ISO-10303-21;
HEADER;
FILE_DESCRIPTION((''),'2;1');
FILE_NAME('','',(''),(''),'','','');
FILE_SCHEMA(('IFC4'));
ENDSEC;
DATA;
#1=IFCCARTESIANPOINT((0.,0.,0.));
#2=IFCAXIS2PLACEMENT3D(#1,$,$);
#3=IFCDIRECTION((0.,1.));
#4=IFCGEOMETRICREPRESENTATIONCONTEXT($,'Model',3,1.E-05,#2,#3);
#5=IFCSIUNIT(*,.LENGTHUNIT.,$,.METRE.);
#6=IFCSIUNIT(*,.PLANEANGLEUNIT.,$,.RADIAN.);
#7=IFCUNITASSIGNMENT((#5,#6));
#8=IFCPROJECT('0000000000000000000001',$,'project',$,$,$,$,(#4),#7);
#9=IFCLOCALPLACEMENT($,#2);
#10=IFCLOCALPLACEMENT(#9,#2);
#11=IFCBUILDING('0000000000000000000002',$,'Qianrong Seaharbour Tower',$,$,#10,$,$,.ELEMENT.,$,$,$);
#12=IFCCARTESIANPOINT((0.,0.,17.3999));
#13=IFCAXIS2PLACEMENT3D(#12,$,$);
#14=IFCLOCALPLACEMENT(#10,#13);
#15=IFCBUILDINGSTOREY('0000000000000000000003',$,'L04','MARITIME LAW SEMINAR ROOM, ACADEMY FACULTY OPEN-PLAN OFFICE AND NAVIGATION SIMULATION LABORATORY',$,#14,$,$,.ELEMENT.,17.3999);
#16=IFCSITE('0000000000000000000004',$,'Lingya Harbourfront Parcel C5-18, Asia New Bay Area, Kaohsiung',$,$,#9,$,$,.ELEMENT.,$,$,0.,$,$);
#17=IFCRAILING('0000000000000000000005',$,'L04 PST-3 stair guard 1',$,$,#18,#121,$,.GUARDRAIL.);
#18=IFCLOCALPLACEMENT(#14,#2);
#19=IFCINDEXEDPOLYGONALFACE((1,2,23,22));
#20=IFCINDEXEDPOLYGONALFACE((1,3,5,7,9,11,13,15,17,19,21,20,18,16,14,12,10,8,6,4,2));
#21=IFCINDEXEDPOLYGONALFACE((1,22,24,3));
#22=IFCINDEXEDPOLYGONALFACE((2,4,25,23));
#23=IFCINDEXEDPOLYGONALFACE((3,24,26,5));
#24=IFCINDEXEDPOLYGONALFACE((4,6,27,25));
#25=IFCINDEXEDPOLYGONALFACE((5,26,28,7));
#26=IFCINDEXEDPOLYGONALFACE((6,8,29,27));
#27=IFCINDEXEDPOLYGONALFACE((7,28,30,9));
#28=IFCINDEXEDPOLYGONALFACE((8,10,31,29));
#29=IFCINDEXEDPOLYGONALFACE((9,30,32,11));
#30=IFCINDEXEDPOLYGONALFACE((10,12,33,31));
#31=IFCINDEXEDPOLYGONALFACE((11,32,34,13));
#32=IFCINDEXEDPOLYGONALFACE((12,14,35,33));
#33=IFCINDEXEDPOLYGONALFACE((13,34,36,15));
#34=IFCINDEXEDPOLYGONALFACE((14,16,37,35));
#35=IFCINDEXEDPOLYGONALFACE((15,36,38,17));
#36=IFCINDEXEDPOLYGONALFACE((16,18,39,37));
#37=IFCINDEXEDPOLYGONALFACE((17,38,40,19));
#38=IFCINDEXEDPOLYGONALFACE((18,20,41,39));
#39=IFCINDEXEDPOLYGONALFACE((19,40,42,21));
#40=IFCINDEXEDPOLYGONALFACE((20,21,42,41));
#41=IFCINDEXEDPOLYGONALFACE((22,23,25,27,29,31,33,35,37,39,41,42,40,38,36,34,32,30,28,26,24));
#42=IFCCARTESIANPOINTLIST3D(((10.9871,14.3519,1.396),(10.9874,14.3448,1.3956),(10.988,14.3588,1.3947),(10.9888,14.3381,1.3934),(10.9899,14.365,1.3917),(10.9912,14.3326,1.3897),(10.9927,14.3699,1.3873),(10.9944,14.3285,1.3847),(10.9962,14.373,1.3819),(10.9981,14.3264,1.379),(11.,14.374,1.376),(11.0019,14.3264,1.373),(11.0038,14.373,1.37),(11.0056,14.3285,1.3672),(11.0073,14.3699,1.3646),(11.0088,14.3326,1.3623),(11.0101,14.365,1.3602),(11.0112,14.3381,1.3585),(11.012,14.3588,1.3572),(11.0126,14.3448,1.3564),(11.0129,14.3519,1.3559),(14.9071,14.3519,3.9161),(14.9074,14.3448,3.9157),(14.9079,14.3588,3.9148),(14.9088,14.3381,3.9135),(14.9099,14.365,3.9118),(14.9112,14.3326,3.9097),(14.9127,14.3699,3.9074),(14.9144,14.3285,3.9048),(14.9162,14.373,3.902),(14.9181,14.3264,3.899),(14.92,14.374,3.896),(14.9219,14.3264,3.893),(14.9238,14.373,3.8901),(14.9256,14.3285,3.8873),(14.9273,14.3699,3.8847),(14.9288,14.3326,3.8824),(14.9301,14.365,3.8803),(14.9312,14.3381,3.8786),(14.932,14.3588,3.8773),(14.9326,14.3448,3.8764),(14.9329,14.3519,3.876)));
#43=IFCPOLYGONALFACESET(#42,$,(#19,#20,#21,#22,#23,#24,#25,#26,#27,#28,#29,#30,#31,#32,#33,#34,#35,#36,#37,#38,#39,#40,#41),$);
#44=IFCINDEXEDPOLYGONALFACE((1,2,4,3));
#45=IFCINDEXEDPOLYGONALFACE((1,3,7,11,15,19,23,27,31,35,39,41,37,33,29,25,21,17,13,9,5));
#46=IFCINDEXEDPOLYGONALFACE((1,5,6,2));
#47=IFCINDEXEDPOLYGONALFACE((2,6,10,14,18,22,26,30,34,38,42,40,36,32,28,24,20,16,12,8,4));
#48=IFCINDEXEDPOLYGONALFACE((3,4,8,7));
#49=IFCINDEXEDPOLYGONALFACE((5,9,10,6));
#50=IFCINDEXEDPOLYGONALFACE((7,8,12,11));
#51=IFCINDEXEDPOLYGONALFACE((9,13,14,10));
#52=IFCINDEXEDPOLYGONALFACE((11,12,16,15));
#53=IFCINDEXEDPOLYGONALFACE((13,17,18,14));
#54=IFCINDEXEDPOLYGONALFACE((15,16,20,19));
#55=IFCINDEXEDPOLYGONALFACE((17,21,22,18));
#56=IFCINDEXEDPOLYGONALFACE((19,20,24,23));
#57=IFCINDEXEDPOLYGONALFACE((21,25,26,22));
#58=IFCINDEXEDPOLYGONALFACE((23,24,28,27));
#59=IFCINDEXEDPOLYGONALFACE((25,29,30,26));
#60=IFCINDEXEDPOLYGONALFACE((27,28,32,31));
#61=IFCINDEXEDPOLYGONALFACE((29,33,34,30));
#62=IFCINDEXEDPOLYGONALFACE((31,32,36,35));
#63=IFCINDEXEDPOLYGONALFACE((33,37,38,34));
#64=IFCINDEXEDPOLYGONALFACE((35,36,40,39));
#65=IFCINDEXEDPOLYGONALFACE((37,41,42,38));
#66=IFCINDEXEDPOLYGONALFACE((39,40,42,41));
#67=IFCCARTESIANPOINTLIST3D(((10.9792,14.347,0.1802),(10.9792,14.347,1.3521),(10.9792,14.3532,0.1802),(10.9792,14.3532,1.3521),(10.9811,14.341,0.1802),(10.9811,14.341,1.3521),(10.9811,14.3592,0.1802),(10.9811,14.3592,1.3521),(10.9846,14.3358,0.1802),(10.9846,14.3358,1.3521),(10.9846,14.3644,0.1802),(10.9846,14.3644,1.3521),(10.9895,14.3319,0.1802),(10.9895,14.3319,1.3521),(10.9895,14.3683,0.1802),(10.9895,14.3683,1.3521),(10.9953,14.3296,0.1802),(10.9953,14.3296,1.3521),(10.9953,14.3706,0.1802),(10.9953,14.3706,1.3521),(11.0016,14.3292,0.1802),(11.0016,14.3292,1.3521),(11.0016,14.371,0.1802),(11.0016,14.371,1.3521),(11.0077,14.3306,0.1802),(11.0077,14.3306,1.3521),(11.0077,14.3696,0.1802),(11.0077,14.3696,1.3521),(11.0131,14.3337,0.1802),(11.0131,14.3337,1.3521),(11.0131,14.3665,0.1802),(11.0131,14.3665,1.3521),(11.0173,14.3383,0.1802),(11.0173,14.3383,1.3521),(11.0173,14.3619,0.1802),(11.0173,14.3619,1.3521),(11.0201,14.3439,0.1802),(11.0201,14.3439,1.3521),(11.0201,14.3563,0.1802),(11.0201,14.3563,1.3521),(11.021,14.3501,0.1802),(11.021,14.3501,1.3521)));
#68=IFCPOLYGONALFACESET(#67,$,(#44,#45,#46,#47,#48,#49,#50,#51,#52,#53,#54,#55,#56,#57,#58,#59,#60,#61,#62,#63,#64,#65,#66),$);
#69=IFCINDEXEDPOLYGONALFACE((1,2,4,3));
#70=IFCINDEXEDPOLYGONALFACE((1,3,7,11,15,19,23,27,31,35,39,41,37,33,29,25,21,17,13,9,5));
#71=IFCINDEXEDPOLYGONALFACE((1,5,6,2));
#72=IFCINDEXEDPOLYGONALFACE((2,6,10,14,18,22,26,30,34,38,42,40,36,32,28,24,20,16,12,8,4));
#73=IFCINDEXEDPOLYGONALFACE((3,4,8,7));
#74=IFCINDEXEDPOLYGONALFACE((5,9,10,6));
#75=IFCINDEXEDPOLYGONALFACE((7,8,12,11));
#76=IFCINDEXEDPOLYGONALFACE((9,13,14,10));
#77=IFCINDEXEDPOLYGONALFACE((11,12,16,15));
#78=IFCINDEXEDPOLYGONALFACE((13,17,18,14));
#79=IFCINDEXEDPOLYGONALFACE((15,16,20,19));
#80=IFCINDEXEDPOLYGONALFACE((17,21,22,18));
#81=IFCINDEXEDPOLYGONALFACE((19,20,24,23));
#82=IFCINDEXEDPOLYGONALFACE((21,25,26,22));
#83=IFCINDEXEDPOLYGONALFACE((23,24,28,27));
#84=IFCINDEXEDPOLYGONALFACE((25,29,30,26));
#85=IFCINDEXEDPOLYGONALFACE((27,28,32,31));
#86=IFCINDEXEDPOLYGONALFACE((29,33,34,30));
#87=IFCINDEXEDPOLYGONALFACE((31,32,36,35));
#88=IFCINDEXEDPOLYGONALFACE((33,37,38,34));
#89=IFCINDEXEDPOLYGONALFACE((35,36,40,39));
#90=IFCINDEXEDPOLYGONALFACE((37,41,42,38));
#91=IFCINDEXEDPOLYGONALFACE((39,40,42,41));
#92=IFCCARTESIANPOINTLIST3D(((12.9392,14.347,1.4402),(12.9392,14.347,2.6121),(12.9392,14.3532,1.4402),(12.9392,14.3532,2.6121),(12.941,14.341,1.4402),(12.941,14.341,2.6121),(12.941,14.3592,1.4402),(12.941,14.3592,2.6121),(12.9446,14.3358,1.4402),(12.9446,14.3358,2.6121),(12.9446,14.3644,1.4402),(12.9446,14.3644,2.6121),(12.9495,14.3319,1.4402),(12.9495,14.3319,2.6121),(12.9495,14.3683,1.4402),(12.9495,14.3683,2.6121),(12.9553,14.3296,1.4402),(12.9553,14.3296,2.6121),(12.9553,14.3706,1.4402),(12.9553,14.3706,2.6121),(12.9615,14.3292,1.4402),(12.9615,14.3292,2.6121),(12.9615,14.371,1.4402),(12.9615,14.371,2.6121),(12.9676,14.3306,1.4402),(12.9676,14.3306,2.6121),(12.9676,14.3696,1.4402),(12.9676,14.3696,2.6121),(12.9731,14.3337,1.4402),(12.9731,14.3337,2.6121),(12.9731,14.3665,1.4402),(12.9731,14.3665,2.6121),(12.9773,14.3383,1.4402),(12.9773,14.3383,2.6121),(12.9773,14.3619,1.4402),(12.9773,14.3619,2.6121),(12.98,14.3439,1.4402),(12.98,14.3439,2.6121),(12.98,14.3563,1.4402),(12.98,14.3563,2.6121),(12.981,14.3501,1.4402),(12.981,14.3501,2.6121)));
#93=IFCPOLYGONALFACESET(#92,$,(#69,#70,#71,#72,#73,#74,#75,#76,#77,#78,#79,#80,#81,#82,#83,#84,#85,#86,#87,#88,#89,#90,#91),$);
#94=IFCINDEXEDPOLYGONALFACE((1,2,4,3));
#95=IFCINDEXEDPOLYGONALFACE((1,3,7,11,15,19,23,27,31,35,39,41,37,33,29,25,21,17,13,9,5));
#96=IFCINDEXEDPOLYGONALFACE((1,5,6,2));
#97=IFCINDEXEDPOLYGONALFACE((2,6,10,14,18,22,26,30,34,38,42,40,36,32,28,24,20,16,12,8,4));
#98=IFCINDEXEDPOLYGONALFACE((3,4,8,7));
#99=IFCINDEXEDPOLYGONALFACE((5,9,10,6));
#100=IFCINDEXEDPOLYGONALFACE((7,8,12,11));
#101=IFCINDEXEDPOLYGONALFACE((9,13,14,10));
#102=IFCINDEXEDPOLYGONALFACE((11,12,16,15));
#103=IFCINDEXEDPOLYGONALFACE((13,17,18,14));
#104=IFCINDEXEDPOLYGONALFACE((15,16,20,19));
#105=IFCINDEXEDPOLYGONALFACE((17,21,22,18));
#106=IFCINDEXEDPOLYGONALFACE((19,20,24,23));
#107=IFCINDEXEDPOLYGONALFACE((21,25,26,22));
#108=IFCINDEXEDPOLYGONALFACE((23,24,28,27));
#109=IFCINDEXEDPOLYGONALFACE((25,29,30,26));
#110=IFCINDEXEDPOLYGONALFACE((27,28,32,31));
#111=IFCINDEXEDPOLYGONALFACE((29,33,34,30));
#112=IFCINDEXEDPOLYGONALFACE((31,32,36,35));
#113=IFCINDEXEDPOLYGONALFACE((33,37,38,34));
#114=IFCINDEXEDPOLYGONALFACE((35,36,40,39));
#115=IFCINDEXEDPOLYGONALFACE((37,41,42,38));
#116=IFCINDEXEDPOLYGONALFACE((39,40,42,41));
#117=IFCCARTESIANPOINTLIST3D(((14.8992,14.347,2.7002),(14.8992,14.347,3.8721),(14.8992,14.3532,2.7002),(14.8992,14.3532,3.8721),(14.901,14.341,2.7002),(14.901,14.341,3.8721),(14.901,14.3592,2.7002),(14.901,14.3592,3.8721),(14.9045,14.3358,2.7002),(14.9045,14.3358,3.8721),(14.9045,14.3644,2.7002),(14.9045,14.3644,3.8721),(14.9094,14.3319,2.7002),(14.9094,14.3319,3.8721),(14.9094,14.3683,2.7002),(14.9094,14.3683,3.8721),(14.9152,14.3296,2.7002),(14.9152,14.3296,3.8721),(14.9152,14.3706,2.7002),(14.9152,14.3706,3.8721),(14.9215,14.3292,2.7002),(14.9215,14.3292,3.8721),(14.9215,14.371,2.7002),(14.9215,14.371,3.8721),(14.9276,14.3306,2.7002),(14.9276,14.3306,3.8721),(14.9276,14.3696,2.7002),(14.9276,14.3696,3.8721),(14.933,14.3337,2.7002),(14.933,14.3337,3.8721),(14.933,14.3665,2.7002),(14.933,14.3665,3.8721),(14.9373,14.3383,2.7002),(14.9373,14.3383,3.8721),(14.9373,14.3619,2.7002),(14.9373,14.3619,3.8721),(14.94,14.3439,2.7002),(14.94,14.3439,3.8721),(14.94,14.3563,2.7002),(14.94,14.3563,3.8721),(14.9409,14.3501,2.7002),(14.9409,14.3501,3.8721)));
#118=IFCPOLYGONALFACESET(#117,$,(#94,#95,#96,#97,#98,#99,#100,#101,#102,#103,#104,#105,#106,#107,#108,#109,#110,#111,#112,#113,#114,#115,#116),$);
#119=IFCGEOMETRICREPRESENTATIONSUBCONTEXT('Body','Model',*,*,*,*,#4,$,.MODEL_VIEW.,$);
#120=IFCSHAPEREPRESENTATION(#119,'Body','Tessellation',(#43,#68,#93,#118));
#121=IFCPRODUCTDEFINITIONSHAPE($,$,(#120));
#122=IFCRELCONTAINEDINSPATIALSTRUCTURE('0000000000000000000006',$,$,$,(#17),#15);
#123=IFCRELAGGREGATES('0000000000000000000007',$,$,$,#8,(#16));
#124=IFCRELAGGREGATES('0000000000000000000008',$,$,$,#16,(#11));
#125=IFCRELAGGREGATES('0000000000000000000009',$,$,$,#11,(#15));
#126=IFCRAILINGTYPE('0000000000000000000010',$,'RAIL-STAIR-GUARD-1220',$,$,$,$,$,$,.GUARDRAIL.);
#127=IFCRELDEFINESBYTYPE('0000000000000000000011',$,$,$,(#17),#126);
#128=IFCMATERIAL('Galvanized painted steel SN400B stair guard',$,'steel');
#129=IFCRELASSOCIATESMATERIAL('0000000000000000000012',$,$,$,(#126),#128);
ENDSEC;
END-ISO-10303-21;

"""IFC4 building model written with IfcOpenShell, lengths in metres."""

from ifc_helpers import new_model, si_unit, direction, frame, origin, origin_2d, place, context, subcontext, project, spatial, circle, extrude, material, type_object, element, save


model = new_model("IFC4")

# Units and contexts
model_context = context("Model", 3, precision=1e-05, world=origin(), true_north=direction((0.0, 1.0)))
body_context = subcontext(model_context, "Body", "Model", "MODEL_VIEW")
ifc_project = project(units=[si_unit("LENGTHUNIT", "METRE"), si_unit("PLANEANGLEUNIT", "RADIAN")], contexts=[model_context])

# Site, building, storey
site_placement = place(None, origin())
site = spatial("IfcSite", under=ifc_project, at=site_placement, Name="Lingya Harbourfront Parcel C5-18, Asia New Bay Area, Kaohsiung", CompositionType="ELEMENT", RefElevation=0.0)
building_placement = place(site_placement, origin())
building = spatial("IfcBuilding", under=site, at=building_placement, Name="Qianrong Seaharbour Tower", CompositionType="ELEMENT")
storey_placement = place(building_placement, frame((0.0, 0.0, 17.3999)))
storey = spatial("IfcBuildingStorey", under=building, at=storey_placement, Name="L04", Description="MARITIME LAW SEMINAR ROOM, ACADEMY FACULTY OPEN-PLAN OFFICE AND NAVIGATION SIMULATION LABORATORY", CompositionType="ELEMENT", Elevation=17.3999)

# Railing
ifc_material_1 = material(Name="Galvanized painted steel SN400B stair guard", Category="steel")
railing_type_1 = type_object("IfcRailingType", Name="RAIL-STAIR-GUARD-1220", PredefinedType="GUARDRAIL", material=ifc_material_1)
railing_1_placement = place(storey_placement, frame((11.0, 14.3501, 0.1802)))
element("IfcRailing", 1, at=railing_1_placement, inside=storey, type_object=railing_type_1, Name="L04 PST-3 stair guard 1", PredefinedType="GUARDRAIL", context=body_context, shape_type="SweptSolid", body=[
    extrude(circle(Radius=0.0239, at=origin_2d()), frame((0.0, 0.0, 1.1958), z_axis=(0.841172, 0.0, 0.540768), x_axis=(0.0, 1.0, 0.0)), (0.0, 0.0, 1.0), 4.6602),
    extrude(circle(Radius=0.021, at=origin_2d()), origin(), (0.0, 0.0, 1.0), 1.1719),
    extrude(circle(Radius=0.021, at=origin_2d()), frame((1.96, 0.0, 1.26)), (0.0, 0.0, 1.0), 1.1719),
    extrude(circle(Radius=0.021, at=origin_2d()), frame((3.9199, 0.0, 2.52)), (0.0, 0.0, 1.0), 1.1719),
])

save(model, "model.ifc")
